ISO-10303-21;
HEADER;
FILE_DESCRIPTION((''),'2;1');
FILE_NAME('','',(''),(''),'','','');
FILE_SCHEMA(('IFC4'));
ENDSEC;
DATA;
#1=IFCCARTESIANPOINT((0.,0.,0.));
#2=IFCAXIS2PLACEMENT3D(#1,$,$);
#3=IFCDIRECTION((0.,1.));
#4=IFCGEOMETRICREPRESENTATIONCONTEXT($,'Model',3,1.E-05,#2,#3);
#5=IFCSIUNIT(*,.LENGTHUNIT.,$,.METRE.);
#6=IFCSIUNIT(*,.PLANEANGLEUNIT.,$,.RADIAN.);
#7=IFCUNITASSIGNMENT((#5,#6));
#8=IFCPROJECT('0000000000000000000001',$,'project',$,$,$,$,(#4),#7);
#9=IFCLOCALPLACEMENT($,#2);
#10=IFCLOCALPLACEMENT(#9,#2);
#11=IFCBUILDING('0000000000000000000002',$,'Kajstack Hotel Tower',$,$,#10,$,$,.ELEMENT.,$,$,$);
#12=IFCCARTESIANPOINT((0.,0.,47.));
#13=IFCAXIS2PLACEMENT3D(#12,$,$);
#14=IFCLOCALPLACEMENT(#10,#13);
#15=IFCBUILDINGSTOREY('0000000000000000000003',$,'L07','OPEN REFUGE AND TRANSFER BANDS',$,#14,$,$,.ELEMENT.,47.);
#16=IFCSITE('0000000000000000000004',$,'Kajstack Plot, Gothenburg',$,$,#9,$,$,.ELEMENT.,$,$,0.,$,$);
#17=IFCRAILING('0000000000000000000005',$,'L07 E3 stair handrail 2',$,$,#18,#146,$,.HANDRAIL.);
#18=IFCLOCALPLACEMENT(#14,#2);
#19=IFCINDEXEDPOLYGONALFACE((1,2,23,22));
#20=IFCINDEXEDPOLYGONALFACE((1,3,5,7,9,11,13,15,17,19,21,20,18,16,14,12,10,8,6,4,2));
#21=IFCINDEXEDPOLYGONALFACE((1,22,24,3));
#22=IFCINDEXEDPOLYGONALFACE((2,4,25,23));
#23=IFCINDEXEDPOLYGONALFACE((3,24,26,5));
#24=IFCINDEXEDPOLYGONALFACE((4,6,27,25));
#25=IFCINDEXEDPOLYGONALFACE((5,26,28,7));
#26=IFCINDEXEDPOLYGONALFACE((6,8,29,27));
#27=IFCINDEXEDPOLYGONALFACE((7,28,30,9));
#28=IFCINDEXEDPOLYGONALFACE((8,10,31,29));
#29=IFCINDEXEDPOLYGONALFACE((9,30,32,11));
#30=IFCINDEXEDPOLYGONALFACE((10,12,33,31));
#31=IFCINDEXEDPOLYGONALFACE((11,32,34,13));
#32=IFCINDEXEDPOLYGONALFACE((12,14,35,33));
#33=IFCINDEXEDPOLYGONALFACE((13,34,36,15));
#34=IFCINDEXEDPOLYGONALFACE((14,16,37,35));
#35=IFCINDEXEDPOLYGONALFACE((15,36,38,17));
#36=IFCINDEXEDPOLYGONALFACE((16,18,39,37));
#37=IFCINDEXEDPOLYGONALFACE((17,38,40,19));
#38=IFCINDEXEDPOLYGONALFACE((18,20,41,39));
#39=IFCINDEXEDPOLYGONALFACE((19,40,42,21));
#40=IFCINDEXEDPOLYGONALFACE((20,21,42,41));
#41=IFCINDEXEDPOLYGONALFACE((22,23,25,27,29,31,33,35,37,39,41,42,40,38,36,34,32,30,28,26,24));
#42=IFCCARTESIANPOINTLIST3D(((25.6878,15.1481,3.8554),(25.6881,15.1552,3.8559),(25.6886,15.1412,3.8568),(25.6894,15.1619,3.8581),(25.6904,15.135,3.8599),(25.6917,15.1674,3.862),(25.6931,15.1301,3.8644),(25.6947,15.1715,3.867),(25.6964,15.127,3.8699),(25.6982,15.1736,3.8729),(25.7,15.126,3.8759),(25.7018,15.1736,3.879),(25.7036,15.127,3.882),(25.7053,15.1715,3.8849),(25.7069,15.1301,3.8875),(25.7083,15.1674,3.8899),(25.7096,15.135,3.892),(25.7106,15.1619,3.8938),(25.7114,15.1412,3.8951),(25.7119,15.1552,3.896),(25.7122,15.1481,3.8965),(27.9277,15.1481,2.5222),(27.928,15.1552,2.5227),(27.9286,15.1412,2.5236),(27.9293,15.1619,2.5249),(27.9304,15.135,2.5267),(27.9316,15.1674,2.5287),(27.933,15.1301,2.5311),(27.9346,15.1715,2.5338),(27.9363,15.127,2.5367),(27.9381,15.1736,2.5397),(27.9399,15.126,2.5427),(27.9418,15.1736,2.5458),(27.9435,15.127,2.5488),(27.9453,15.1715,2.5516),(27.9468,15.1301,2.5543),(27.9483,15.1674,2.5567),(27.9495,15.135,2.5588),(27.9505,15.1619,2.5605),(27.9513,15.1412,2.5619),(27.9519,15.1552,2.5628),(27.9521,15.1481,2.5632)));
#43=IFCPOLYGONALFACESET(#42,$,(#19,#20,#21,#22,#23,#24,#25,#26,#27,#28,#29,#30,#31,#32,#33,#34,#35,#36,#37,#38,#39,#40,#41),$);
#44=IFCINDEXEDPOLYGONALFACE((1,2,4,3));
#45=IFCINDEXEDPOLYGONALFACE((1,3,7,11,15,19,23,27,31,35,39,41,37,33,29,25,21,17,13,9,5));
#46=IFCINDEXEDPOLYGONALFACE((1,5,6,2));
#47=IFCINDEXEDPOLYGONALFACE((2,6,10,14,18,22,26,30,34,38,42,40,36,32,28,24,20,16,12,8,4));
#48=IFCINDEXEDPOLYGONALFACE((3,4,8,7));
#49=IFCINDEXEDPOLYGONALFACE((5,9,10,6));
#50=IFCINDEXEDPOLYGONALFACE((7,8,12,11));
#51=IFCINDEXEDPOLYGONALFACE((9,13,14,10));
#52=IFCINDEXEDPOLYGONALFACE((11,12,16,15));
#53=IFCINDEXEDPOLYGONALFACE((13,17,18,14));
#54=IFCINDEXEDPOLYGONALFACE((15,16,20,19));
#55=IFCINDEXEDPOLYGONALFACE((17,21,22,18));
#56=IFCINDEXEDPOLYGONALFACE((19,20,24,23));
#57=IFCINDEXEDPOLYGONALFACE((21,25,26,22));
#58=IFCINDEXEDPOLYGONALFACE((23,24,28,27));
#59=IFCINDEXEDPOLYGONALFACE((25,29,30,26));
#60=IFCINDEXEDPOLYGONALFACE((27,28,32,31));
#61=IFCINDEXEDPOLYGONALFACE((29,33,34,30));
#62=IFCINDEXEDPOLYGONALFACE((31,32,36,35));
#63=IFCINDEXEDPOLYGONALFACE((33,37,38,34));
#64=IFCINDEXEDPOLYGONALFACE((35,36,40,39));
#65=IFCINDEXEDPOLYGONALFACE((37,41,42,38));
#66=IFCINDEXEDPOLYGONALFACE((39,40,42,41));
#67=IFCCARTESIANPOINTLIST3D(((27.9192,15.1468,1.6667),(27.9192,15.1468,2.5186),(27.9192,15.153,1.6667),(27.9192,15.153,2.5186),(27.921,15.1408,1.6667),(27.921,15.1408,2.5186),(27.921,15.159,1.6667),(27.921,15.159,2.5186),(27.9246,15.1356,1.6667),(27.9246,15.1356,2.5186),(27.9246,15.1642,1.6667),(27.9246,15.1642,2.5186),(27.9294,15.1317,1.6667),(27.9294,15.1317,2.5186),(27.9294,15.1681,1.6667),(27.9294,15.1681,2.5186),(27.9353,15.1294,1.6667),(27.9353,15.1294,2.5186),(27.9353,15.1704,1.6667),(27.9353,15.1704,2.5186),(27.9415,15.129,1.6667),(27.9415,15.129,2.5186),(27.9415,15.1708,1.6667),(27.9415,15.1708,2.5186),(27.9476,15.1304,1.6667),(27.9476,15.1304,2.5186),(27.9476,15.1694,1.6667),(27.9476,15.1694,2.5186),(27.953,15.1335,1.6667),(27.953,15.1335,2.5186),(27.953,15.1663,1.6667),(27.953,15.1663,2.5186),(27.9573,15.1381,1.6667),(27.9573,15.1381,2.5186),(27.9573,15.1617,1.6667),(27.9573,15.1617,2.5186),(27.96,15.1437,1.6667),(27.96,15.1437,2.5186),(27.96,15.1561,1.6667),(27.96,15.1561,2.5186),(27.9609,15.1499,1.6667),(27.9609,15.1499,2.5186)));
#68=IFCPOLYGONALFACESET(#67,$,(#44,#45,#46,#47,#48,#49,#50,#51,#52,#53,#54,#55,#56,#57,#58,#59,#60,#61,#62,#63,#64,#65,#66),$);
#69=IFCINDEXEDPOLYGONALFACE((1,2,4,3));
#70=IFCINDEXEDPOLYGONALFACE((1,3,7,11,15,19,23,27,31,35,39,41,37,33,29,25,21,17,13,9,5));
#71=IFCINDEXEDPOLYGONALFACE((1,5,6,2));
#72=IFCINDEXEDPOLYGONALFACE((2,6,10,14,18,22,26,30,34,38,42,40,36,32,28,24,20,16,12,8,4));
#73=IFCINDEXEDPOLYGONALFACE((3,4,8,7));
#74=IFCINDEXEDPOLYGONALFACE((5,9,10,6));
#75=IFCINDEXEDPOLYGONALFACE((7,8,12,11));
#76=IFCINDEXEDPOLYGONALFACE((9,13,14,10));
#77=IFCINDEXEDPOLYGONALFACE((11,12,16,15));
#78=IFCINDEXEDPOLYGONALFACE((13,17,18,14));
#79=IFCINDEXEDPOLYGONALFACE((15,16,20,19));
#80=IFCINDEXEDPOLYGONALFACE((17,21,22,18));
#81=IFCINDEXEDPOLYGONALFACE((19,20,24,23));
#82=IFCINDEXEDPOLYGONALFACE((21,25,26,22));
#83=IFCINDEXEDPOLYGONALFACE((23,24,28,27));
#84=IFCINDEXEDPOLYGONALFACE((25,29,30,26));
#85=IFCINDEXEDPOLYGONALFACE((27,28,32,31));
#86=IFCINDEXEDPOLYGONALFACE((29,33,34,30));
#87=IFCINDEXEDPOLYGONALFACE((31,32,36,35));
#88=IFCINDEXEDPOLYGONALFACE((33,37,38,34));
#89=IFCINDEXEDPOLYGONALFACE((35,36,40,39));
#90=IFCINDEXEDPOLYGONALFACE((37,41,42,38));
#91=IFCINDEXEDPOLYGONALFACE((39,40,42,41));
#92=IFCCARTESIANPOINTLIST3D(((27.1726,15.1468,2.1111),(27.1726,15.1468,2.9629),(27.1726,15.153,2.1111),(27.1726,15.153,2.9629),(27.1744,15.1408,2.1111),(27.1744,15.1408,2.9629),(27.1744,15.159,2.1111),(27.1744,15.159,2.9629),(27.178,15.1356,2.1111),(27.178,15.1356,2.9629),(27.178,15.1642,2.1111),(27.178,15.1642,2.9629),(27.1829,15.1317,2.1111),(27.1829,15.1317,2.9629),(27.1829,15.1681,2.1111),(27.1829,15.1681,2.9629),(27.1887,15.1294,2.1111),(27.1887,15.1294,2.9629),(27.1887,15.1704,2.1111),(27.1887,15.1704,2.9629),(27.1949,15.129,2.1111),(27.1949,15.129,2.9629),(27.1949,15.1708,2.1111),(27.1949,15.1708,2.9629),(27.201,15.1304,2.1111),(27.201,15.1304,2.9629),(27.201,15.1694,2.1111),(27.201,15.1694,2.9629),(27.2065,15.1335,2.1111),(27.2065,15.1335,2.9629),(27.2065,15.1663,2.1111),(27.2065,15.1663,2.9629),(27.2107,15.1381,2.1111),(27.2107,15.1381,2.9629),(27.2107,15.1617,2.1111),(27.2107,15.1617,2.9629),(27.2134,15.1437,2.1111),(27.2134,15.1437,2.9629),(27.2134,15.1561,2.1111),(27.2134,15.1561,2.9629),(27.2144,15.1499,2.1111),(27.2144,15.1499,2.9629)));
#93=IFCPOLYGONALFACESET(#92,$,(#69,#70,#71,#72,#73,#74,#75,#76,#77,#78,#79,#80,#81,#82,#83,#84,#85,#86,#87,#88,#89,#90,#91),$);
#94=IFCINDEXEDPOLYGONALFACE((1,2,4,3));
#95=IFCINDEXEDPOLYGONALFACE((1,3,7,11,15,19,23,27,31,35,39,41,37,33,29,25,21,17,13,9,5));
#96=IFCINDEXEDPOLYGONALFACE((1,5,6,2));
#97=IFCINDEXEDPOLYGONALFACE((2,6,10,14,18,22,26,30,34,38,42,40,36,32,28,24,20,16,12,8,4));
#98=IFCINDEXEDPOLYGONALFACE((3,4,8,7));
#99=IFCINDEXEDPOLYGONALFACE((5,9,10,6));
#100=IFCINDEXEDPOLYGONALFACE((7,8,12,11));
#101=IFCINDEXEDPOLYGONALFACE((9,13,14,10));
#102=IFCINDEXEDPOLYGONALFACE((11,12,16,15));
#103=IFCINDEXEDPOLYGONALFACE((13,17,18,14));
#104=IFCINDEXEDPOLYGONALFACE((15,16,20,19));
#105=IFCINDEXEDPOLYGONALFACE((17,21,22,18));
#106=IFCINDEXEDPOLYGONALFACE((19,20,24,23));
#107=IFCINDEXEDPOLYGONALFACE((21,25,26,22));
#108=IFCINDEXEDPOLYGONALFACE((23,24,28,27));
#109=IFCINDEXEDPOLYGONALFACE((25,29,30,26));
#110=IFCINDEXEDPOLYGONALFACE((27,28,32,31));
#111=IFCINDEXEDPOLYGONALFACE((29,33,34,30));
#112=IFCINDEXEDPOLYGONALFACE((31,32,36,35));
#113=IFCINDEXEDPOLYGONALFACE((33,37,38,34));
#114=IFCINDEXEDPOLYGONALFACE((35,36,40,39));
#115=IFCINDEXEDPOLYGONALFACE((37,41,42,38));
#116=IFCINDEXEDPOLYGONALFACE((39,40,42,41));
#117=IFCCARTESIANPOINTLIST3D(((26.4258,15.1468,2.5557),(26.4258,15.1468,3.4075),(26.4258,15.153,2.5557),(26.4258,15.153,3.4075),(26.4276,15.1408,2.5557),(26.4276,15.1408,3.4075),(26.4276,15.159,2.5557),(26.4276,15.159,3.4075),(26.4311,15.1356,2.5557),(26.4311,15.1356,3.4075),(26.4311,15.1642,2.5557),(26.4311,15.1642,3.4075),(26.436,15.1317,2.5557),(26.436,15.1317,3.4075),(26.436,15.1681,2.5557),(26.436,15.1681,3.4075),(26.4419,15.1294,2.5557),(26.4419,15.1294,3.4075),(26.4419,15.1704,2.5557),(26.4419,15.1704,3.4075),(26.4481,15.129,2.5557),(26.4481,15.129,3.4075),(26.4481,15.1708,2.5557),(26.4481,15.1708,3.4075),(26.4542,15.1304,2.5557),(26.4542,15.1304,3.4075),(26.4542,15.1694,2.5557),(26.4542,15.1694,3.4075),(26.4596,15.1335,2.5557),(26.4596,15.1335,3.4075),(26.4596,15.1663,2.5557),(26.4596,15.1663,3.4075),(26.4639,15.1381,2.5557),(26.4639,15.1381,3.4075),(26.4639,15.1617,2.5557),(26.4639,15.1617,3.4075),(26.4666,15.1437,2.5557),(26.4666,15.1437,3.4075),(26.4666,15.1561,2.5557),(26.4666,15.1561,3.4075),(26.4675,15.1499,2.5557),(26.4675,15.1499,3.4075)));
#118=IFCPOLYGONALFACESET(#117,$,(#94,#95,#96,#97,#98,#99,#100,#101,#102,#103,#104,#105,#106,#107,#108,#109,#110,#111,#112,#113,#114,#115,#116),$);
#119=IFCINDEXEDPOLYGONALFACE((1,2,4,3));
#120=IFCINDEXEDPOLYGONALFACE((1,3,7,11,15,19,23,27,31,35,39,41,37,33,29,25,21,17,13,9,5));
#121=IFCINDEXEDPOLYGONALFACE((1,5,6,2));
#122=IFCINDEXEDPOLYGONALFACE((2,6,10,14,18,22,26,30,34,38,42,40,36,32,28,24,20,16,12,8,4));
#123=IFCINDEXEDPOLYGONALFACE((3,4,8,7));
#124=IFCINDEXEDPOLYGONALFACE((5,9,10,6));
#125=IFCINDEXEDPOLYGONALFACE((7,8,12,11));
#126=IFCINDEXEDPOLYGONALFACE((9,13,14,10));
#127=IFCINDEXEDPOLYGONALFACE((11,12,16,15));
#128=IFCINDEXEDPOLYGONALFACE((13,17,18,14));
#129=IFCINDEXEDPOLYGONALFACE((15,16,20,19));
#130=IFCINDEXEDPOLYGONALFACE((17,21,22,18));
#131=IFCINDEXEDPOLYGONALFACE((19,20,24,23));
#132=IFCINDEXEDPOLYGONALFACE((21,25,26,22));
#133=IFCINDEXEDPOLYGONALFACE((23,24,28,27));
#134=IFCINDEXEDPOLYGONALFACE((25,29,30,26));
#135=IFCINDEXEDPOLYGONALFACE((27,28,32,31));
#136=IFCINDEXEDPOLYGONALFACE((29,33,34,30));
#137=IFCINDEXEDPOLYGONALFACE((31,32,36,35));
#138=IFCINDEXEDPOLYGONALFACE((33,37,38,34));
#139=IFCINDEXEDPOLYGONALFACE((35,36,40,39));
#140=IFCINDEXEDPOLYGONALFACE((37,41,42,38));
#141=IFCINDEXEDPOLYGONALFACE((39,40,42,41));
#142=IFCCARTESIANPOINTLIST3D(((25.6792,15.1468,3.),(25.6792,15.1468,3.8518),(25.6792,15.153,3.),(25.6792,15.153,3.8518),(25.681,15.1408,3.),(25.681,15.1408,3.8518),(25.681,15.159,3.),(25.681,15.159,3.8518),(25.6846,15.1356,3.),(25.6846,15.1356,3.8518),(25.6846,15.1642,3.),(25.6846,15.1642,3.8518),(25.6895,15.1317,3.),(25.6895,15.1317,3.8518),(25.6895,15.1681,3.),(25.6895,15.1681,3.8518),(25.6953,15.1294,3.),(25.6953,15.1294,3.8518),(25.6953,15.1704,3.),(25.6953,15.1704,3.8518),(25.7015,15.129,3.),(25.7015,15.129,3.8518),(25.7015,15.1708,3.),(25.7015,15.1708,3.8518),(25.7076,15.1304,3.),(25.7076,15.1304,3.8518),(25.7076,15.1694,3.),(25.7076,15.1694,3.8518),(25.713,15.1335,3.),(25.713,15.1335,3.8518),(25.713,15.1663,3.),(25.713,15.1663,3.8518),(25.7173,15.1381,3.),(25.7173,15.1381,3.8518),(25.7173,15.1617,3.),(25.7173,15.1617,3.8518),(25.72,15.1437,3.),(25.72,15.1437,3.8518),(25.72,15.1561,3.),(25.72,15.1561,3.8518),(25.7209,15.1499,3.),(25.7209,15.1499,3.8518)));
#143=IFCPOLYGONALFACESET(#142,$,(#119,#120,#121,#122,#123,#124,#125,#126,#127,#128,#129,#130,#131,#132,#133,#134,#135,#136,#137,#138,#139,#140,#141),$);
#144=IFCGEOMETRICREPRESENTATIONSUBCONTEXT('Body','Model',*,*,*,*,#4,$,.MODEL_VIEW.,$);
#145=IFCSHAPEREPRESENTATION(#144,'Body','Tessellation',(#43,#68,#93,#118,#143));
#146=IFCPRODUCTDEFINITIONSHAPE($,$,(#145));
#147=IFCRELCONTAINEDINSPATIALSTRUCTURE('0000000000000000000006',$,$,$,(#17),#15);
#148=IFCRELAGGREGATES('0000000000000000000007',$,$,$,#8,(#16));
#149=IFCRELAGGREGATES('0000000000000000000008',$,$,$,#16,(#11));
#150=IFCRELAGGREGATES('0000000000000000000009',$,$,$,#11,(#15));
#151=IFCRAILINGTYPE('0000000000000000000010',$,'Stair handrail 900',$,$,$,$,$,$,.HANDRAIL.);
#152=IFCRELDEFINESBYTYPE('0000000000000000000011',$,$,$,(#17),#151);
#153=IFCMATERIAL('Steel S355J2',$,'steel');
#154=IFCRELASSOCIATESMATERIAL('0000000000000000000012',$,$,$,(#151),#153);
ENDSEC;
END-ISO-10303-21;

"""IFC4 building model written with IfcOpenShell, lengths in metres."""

from ifc_helpers import new_model, si_unit, direction, frame, origin, origin_2d, place, context, subcontext, project, spatial, circle, extrude, material, type_object, element, save


model = new_model("IFC4")

# Units and contexts
model_context = context("Model", 3, precision=1e-05, world=origin(), true_north=direction((0.0, 1.0)))
body_context = subcontext(model_context, "Body", "Model", "MODEL_VIEW")
ifc_project = project(units=[si_unit("LENGTHUNIT", "METRE"), si_unit("PLANEANGLEUNIT", "RADIAN")], contexts=[model_context])

# Site, building, storey
site_placement = place(None, origin())
site = spatial("IfcSite", under=ifc_project, at=site_placement, Name="Kajstack Plot, Gothenburg", CompositionType="ELEMENT", RefElevation=0.0)
building_placement = place(site_placement, origin())
building = spatial("IfcBuilding", under=site, at=building_placement, Name="Kajstack Hotel Tower", CompositionType="ELEMENT")
storey_placement = place(building_placement, frame((0.0, 0.0, 47.0)))
storey = spatial("IfcBuildingStorey", under=building, at=storey_placement, Name="L07", Description="OPEN REFUGE AND TRANSFER BANDS", CompositionType="ELEMENT", Elevation=47.0)

# Railing
ifc_material_1 = material(Name="Steel S355J2", Category="steel")
railing_type_1 = type_object("IfcRailingType", Name="Stair handrail 900", PredefinedType="HANDRAIL", material=ifc_material_1)
railing_1_placement = place(storey_placement, frame((27.9399, 15.1499, 1.6667)))
element("IfcRailing", 1, at=railing_1_placement, inside=storey, type_object=railing_type_1, Name="L07 E3 stair handrail 2", PredefinedType="HANDRAIL", context=body_context, shape_type="SweptSolid", body=[
    extrude(circle(Radius=0.0239, at=origin_2d()), frame((0.0, 0.0, 0.876), z_axis=(-0.859306, 0.0, 0.511462), x_axis=(0.0, -1.0, 0.0)), (0.0, 0.0, 1.0), 2.6067),
    extrude(circle(Radius=0.021, at=origin_2d()), origin(), (0.0, 0.0, 1.0), 0.8518),
    extrude(circle(Radius=0.021, at=origin_2d()), frame((-0.7466, 0.0, 0.4443)), (0.0, 0.0, 1.0), 0.8518),
    extrude(circle(Radius=0.021, at=origin_2d()), frame((-1.4934, 0.0, 0.8889)), (0.0, 0.0, 1.0), 0.8518),
    extrude(circle(Radius=0.021, at=origin_2d()), frame((-2.24, 0.0, 1.3333)), (0.0, 0.0, 1.0), 0.8518),
])

save(model, "model.ifc")
